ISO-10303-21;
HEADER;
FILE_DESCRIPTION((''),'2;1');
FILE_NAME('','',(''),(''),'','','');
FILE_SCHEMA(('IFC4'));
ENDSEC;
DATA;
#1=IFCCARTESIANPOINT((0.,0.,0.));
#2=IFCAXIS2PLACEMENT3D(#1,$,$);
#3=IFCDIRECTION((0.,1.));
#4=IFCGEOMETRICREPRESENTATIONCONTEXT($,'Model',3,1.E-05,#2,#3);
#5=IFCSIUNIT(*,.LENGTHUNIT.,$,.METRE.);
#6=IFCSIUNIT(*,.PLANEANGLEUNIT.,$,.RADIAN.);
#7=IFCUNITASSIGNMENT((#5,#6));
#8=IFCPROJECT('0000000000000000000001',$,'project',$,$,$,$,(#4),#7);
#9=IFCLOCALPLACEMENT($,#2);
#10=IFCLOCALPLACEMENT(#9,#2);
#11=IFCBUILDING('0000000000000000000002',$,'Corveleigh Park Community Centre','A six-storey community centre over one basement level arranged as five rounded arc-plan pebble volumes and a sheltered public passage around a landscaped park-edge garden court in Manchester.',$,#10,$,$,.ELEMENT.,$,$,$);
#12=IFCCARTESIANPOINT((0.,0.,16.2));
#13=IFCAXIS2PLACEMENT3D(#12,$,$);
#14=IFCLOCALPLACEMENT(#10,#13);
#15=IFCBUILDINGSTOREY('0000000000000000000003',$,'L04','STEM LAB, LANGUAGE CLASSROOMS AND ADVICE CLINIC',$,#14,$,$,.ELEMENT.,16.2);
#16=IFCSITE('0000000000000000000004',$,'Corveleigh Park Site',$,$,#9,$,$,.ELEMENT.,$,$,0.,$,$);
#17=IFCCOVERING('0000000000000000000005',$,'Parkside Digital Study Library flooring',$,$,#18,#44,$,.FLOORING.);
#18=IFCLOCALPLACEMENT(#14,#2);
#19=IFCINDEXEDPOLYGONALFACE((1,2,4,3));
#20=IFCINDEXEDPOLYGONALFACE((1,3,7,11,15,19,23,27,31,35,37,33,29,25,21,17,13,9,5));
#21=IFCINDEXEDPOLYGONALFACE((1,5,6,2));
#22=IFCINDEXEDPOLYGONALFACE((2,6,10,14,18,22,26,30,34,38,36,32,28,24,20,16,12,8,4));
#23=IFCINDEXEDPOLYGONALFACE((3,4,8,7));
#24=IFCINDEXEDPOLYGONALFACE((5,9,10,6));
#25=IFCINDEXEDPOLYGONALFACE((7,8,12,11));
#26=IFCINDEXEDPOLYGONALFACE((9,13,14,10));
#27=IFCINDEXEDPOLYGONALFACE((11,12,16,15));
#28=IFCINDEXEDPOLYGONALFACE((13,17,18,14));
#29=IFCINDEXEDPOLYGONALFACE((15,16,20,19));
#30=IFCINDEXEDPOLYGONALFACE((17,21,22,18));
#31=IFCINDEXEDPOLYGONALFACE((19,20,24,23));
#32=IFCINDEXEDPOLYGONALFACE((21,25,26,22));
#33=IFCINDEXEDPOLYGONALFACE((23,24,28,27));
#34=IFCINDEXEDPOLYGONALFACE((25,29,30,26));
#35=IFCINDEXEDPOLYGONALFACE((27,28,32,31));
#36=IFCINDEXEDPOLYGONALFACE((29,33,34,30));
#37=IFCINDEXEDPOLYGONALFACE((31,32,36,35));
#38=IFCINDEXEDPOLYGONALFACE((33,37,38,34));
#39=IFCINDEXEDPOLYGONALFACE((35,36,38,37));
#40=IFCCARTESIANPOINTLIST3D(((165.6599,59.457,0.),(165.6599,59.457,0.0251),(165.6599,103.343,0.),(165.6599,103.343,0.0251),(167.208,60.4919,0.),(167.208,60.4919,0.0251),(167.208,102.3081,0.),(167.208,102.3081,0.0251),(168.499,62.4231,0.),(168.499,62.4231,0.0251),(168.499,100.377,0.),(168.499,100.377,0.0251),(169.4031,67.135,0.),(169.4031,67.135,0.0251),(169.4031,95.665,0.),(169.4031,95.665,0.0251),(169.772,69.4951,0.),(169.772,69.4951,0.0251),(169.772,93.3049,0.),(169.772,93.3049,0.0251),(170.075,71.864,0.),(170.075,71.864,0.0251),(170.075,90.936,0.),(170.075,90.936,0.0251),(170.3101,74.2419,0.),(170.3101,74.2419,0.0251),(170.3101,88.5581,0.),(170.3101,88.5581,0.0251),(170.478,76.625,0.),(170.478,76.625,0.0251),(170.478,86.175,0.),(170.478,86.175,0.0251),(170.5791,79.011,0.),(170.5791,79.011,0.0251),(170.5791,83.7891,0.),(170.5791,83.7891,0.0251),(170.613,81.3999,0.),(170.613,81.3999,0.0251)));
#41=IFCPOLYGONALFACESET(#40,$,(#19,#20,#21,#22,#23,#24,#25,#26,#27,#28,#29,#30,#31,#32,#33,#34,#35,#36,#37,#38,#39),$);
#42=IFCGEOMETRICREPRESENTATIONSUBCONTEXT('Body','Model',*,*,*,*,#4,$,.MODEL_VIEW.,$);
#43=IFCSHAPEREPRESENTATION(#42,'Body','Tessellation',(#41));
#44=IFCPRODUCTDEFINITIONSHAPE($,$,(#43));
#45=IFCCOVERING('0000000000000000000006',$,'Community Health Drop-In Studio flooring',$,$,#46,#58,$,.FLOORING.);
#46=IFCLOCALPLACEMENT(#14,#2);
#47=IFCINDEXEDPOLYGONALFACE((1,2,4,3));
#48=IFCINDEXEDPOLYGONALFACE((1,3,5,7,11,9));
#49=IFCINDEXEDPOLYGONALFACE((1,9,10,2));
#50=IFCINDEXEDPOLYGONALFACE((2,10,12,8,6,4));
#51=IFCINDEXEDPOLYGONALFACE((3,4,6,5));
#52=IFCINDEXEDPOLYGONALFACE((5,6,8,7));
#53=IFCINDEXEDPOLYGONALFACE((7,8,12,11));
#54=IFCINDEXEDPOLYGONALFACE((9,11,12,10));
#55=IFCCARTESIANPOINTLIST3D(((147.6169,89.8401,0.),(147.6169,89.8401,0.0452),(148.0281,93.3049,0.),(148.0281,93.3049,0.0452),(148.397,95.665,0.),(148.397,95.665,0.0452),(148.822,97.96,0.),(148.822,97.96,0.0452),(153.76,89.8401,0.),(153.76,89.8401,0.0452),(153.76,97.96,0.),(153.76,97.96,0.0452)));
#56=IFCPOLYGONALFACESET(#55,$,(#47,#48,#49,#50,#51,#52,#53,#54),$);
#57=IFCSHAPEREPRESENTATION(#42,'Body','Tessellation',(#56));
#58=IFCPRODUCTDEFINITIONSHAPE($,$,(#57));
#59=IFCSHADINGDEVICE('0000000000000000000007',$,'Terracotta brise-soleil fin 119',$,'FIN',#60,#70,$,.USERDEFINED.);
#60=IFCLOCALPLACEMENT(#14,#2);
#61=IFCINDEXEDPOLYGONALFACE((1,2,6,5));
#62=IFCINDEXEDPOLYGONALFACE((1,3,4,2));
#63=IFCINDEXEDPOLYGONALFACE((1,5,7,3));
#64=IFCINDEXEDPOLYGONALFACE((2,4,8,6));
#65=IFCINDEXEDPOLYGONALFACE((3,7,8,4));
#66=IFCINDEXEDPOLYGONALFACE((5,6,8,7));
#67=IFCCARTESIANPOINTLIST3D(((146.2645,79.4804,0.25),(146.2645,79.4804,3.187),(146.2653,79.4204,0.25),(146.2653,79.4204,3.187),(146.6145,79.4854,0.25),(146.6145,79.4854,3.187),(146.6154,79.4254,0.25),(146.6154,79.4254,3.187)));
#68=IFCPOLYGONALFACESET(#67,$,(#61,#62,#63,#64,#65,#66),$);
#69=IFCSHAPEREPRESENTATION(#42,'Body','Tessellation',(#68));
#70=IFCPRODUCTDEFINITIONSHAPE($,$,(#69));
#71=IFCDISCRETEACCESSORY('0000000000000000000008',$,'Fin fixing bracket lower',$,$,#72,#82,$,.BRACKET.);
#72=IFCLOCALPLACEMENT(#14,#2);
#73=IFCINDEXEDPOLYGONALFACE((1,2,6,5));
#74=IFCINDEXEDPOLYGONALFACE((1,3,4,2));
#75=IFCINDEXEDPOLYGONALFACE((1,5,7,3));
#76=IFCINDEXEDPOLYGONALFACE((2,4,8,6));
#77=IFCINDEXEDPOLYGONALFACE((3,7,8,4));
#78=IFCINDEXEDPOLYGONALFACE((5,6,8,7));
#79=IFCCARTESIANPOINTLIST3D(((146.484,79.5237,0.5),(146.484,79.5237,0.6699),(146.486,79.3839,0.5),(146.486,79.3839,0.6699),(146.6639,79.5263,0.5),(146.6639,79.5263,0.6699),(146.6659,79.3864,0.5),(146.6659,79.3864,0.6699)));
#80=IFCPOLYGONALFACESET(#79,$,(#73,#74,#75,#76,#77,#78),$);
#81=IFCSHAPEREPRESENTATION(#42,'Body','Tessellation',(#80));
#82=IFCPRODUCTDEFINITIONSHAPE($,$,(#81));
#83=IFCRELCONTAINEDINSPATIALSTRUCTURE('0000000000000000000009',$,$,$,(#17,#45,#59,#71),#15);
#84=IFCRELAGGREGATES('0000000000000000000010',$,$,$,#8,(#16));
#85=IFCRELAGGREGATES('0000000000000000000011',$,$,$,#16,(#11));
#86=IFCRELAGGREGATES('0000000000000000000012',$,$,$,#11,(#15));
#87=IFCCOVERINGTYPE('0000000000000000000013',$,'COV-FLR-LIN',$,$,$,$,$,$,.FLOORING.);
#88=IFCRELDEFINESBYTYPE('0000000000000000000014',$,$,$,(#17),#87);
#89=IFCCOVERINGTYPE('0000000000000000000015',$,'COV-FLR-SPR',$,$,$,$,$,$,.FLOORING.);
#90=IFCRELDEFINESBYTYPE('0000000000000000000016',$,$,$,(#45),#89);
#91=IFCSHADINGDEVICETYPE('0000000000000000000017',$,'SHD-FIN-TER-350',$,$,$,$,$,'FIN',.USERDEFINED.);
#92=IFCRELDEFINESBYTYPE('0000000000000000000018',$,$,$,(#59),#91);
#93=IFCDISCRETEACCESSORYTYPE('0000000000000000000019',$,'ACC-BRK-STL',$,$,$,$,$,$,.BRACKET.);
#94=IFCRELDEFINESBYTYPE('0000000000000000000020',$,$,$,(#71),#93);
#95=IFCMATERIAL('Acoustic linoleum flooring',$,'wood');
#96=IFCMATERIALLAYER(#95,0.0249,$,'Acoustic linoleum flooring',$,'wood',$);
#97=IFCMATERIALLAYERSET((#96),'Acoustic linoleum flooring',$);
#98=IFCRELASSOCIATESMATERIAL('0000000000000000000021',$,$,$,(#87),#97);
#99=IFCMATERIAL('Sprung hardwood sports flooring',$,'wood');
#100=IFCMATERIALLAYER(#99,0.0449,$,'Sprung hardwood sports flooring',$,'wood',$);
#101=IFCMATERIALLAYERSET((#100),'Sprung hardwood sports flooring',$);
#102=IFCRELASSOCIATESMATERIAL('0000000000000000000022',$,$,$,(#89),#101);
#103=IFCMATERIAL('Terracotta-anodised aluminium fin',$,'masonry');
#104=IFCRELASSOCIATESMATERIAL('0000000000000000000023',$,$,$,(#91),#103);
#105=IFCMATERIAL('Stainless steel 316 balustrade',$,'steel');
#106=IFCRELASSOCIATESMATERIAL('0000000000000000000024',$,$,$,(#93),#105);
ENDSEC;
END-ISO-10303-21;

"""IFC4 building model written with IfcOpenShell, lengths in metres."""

from ifc_helpers import new_model, si_unit, direction, frame, origin, origin_2d, place, context, subcontext, project, spatial, polyline, rectangle, outline, extrude, material, layer, layer_set, type_object, element, save


model = new_model("IFC4")

# Units and contexts
model_context = context("Model", 3, precision=1e-05, world=origin(), true_north=direction((0.0, 1.0)))
body_context = subcontext(model_context, "Body", "Model", "MODEL_VIEW")
ifc_project = project(units=[si_unit("LENGTHUNIT", "METRE"), si_unit("PLANEANGLEUNIT", "RADIAN")], contexts=[model_context])

# Site, building, storey
site_placement = place(None, origin())
site = spatial("IfcSite", under=ifc_project, at=site_placement, Name="Corveleigh Park Site", CompositionType="ELEMENT", RefElevation=0.0)
building_placement = place(site_placement, origin())
building = spatial("IfcBuilding", under=site, at=building_placement, Name="Corveleigh Park Community Centre", Description="A six-storey community centre over one basement level arranged as five rounded arc-plan pebble volumes and a sheltered public passage around a landscaped park-edge garden court in Manchester.", CompositionType="ELEMENT")
storey_placement = place(building_placement, frame((0.0, 0.0, 16.2)))
storey = spatial("IfcBuildingStorey", under=building, at=storey_placement, Name="L04", Description="STEM LAB, LANGUAGE CLASSROOMS AND ADVICE CLINIC", CompositionType="ELEMENT", Elevation=16.2)

# Coverings
ifc_material_1 = material(Name="Acoustic linoleum flooring", Category="wood")
ifc_layer_1 = layer(ifc_material_1, 0.0249, Name="Acoustic linoleum flooring", Category="wood")
ifc_layer_set_1 = layer_set([ifc_layer_1], Name="Acoustic linoleum flooring")
covering_type_1 = type_object("IfcCoveringType", Name="COV-FLR-LIN", PredefinedType="FLOORING", material=ifc_layer_set_1)
covering_1_placement = place(storey_placement, origin())
element("IfcCovering", 1, at=covering_1_placement, inside=storey, type_object=covering_type_1, Name="Parkside Digital Study Library flooring", PredefinedType="FLOORING", context=body_context, shape_type="SweptSolid", body=[
    extrude(outline(polyline([(170.075, 90.936), (170.3101, 88.5581), (170.478, 86.175), (170.5791, 83.7891), (170.613, 81.3999), (170.5791, 79.011), (170.478, 76.625), (170.3101, 74.2419), (170.075, 71.864), (169.772, 69.4951), (169.4031, 67.135), (168.499, 62.4231), (167.208, 60.4919), (165.6599, 59.457), (165.6599, 103.343), (167.208, 102.3081), (168.499, 100.377), (169.4031, 95.665), (169.772, 93.3049), (170.075, 90.936)])), origin(), (0.0, 0.0, 1.0), 0.0251),
])
ifc_material_2 = material(Name="Sprung hardwood sports flooring", Category="wood")
ifc_layer_2 = layer(ifc_material_2, 0.0449, Name="Sprung hardwood sports flooring", Category="wood")
ifc_layer_set_2 = layer_set([ifc_layer_2], Name="Sprung hardwood sports flooring")
covering_type_2 = type_object("IfcCoveringType", Name="COV-FLR-SPR", PredefinedType="FLOORING", material=ifc_layer_set_2)
covering_2_placement = place(storey_placement, origin())
element("IfcCovering", 2, at=covering_2_placement, inside=storey, type_object=covering_type_2, Name="Community Health Drop-In Studio flooring", PredefinedType="FLOORING", context=body_context, shape_type="SweptSolid", body=[
    extrude(outline(polyline([(148.397, 95.665), (148.822, 97.96), (153.76, 97.96), (153.76, 89.8401), (147.6169, 89.8401), (148.0281, 93.3049), (148.397, 95.665)])), origin(), (0.0, 0.0, 1.0), 0.0452),
])

# Shading device
ifc_material_3 = material(Name="Terracotta-anodised aluminium fin", Category="masonry")
shading_device_type = type_object("IfcShadingDeviceType", Name="SHD-FIN-TER-350", ElementType="FIN", PredefinedType="USERDEFINED", material=ifc_material_3)
shading_device_placement = place(storey_placement, frame((146.4399, 79.4529, 0.25), z_axis=(0.0, 0.0, 1.0), x_axis=(-0.999898, -0.014266, 0.0)))
element("IfcShadingDevice", 3, at=shading_device_placement, inside=storey, type_object=shading_device_type, Name="Terracotta brise-soleil fin 119", ObjectType="FIN", PredefinedType="USERDEFINED", context=body_context, shape_type="SweptSolid", body=[
    extrude(rectangle(XDim=0.3501, YDim=0.0601, at=origin_2d()), origin(), (0.0, 0.0, 1.0), 2.937),
])

# Discrete accessory
ifc_material_4 = material(Name="Stainless steel 316 balustrade", Category="steel")
discrete_accessory_type = type_object("IfcDiscreteAccessoryType", Name="ACC-BRK-STL", PredefinedType="BRACKET", material=ifc_material_4)
discrete_accessory_placement = place(storey_placement, frame((146.575, 79.4551, 0.5), z_axis=(0.0, 0.0, 1.0), x_axis=(-0.999898, -0.014266, 0.0)))
element("IfcDiscreteAccessory", 4, at=discrete_accessory_placement, inside=storey, type_object=discrete_accessory_type, Name="Fin fixing bracket lower", PredefinedType="BRACKET", context=body_context, shape_type="SweptSolid", body=[
    extrude(rectangle(XDim=0.1799, YDim=0.1399, at=origin_2d()), origin(), (0.0, 0.0, 1.0), 0.1699),
])

save(model, "model.ifc")
